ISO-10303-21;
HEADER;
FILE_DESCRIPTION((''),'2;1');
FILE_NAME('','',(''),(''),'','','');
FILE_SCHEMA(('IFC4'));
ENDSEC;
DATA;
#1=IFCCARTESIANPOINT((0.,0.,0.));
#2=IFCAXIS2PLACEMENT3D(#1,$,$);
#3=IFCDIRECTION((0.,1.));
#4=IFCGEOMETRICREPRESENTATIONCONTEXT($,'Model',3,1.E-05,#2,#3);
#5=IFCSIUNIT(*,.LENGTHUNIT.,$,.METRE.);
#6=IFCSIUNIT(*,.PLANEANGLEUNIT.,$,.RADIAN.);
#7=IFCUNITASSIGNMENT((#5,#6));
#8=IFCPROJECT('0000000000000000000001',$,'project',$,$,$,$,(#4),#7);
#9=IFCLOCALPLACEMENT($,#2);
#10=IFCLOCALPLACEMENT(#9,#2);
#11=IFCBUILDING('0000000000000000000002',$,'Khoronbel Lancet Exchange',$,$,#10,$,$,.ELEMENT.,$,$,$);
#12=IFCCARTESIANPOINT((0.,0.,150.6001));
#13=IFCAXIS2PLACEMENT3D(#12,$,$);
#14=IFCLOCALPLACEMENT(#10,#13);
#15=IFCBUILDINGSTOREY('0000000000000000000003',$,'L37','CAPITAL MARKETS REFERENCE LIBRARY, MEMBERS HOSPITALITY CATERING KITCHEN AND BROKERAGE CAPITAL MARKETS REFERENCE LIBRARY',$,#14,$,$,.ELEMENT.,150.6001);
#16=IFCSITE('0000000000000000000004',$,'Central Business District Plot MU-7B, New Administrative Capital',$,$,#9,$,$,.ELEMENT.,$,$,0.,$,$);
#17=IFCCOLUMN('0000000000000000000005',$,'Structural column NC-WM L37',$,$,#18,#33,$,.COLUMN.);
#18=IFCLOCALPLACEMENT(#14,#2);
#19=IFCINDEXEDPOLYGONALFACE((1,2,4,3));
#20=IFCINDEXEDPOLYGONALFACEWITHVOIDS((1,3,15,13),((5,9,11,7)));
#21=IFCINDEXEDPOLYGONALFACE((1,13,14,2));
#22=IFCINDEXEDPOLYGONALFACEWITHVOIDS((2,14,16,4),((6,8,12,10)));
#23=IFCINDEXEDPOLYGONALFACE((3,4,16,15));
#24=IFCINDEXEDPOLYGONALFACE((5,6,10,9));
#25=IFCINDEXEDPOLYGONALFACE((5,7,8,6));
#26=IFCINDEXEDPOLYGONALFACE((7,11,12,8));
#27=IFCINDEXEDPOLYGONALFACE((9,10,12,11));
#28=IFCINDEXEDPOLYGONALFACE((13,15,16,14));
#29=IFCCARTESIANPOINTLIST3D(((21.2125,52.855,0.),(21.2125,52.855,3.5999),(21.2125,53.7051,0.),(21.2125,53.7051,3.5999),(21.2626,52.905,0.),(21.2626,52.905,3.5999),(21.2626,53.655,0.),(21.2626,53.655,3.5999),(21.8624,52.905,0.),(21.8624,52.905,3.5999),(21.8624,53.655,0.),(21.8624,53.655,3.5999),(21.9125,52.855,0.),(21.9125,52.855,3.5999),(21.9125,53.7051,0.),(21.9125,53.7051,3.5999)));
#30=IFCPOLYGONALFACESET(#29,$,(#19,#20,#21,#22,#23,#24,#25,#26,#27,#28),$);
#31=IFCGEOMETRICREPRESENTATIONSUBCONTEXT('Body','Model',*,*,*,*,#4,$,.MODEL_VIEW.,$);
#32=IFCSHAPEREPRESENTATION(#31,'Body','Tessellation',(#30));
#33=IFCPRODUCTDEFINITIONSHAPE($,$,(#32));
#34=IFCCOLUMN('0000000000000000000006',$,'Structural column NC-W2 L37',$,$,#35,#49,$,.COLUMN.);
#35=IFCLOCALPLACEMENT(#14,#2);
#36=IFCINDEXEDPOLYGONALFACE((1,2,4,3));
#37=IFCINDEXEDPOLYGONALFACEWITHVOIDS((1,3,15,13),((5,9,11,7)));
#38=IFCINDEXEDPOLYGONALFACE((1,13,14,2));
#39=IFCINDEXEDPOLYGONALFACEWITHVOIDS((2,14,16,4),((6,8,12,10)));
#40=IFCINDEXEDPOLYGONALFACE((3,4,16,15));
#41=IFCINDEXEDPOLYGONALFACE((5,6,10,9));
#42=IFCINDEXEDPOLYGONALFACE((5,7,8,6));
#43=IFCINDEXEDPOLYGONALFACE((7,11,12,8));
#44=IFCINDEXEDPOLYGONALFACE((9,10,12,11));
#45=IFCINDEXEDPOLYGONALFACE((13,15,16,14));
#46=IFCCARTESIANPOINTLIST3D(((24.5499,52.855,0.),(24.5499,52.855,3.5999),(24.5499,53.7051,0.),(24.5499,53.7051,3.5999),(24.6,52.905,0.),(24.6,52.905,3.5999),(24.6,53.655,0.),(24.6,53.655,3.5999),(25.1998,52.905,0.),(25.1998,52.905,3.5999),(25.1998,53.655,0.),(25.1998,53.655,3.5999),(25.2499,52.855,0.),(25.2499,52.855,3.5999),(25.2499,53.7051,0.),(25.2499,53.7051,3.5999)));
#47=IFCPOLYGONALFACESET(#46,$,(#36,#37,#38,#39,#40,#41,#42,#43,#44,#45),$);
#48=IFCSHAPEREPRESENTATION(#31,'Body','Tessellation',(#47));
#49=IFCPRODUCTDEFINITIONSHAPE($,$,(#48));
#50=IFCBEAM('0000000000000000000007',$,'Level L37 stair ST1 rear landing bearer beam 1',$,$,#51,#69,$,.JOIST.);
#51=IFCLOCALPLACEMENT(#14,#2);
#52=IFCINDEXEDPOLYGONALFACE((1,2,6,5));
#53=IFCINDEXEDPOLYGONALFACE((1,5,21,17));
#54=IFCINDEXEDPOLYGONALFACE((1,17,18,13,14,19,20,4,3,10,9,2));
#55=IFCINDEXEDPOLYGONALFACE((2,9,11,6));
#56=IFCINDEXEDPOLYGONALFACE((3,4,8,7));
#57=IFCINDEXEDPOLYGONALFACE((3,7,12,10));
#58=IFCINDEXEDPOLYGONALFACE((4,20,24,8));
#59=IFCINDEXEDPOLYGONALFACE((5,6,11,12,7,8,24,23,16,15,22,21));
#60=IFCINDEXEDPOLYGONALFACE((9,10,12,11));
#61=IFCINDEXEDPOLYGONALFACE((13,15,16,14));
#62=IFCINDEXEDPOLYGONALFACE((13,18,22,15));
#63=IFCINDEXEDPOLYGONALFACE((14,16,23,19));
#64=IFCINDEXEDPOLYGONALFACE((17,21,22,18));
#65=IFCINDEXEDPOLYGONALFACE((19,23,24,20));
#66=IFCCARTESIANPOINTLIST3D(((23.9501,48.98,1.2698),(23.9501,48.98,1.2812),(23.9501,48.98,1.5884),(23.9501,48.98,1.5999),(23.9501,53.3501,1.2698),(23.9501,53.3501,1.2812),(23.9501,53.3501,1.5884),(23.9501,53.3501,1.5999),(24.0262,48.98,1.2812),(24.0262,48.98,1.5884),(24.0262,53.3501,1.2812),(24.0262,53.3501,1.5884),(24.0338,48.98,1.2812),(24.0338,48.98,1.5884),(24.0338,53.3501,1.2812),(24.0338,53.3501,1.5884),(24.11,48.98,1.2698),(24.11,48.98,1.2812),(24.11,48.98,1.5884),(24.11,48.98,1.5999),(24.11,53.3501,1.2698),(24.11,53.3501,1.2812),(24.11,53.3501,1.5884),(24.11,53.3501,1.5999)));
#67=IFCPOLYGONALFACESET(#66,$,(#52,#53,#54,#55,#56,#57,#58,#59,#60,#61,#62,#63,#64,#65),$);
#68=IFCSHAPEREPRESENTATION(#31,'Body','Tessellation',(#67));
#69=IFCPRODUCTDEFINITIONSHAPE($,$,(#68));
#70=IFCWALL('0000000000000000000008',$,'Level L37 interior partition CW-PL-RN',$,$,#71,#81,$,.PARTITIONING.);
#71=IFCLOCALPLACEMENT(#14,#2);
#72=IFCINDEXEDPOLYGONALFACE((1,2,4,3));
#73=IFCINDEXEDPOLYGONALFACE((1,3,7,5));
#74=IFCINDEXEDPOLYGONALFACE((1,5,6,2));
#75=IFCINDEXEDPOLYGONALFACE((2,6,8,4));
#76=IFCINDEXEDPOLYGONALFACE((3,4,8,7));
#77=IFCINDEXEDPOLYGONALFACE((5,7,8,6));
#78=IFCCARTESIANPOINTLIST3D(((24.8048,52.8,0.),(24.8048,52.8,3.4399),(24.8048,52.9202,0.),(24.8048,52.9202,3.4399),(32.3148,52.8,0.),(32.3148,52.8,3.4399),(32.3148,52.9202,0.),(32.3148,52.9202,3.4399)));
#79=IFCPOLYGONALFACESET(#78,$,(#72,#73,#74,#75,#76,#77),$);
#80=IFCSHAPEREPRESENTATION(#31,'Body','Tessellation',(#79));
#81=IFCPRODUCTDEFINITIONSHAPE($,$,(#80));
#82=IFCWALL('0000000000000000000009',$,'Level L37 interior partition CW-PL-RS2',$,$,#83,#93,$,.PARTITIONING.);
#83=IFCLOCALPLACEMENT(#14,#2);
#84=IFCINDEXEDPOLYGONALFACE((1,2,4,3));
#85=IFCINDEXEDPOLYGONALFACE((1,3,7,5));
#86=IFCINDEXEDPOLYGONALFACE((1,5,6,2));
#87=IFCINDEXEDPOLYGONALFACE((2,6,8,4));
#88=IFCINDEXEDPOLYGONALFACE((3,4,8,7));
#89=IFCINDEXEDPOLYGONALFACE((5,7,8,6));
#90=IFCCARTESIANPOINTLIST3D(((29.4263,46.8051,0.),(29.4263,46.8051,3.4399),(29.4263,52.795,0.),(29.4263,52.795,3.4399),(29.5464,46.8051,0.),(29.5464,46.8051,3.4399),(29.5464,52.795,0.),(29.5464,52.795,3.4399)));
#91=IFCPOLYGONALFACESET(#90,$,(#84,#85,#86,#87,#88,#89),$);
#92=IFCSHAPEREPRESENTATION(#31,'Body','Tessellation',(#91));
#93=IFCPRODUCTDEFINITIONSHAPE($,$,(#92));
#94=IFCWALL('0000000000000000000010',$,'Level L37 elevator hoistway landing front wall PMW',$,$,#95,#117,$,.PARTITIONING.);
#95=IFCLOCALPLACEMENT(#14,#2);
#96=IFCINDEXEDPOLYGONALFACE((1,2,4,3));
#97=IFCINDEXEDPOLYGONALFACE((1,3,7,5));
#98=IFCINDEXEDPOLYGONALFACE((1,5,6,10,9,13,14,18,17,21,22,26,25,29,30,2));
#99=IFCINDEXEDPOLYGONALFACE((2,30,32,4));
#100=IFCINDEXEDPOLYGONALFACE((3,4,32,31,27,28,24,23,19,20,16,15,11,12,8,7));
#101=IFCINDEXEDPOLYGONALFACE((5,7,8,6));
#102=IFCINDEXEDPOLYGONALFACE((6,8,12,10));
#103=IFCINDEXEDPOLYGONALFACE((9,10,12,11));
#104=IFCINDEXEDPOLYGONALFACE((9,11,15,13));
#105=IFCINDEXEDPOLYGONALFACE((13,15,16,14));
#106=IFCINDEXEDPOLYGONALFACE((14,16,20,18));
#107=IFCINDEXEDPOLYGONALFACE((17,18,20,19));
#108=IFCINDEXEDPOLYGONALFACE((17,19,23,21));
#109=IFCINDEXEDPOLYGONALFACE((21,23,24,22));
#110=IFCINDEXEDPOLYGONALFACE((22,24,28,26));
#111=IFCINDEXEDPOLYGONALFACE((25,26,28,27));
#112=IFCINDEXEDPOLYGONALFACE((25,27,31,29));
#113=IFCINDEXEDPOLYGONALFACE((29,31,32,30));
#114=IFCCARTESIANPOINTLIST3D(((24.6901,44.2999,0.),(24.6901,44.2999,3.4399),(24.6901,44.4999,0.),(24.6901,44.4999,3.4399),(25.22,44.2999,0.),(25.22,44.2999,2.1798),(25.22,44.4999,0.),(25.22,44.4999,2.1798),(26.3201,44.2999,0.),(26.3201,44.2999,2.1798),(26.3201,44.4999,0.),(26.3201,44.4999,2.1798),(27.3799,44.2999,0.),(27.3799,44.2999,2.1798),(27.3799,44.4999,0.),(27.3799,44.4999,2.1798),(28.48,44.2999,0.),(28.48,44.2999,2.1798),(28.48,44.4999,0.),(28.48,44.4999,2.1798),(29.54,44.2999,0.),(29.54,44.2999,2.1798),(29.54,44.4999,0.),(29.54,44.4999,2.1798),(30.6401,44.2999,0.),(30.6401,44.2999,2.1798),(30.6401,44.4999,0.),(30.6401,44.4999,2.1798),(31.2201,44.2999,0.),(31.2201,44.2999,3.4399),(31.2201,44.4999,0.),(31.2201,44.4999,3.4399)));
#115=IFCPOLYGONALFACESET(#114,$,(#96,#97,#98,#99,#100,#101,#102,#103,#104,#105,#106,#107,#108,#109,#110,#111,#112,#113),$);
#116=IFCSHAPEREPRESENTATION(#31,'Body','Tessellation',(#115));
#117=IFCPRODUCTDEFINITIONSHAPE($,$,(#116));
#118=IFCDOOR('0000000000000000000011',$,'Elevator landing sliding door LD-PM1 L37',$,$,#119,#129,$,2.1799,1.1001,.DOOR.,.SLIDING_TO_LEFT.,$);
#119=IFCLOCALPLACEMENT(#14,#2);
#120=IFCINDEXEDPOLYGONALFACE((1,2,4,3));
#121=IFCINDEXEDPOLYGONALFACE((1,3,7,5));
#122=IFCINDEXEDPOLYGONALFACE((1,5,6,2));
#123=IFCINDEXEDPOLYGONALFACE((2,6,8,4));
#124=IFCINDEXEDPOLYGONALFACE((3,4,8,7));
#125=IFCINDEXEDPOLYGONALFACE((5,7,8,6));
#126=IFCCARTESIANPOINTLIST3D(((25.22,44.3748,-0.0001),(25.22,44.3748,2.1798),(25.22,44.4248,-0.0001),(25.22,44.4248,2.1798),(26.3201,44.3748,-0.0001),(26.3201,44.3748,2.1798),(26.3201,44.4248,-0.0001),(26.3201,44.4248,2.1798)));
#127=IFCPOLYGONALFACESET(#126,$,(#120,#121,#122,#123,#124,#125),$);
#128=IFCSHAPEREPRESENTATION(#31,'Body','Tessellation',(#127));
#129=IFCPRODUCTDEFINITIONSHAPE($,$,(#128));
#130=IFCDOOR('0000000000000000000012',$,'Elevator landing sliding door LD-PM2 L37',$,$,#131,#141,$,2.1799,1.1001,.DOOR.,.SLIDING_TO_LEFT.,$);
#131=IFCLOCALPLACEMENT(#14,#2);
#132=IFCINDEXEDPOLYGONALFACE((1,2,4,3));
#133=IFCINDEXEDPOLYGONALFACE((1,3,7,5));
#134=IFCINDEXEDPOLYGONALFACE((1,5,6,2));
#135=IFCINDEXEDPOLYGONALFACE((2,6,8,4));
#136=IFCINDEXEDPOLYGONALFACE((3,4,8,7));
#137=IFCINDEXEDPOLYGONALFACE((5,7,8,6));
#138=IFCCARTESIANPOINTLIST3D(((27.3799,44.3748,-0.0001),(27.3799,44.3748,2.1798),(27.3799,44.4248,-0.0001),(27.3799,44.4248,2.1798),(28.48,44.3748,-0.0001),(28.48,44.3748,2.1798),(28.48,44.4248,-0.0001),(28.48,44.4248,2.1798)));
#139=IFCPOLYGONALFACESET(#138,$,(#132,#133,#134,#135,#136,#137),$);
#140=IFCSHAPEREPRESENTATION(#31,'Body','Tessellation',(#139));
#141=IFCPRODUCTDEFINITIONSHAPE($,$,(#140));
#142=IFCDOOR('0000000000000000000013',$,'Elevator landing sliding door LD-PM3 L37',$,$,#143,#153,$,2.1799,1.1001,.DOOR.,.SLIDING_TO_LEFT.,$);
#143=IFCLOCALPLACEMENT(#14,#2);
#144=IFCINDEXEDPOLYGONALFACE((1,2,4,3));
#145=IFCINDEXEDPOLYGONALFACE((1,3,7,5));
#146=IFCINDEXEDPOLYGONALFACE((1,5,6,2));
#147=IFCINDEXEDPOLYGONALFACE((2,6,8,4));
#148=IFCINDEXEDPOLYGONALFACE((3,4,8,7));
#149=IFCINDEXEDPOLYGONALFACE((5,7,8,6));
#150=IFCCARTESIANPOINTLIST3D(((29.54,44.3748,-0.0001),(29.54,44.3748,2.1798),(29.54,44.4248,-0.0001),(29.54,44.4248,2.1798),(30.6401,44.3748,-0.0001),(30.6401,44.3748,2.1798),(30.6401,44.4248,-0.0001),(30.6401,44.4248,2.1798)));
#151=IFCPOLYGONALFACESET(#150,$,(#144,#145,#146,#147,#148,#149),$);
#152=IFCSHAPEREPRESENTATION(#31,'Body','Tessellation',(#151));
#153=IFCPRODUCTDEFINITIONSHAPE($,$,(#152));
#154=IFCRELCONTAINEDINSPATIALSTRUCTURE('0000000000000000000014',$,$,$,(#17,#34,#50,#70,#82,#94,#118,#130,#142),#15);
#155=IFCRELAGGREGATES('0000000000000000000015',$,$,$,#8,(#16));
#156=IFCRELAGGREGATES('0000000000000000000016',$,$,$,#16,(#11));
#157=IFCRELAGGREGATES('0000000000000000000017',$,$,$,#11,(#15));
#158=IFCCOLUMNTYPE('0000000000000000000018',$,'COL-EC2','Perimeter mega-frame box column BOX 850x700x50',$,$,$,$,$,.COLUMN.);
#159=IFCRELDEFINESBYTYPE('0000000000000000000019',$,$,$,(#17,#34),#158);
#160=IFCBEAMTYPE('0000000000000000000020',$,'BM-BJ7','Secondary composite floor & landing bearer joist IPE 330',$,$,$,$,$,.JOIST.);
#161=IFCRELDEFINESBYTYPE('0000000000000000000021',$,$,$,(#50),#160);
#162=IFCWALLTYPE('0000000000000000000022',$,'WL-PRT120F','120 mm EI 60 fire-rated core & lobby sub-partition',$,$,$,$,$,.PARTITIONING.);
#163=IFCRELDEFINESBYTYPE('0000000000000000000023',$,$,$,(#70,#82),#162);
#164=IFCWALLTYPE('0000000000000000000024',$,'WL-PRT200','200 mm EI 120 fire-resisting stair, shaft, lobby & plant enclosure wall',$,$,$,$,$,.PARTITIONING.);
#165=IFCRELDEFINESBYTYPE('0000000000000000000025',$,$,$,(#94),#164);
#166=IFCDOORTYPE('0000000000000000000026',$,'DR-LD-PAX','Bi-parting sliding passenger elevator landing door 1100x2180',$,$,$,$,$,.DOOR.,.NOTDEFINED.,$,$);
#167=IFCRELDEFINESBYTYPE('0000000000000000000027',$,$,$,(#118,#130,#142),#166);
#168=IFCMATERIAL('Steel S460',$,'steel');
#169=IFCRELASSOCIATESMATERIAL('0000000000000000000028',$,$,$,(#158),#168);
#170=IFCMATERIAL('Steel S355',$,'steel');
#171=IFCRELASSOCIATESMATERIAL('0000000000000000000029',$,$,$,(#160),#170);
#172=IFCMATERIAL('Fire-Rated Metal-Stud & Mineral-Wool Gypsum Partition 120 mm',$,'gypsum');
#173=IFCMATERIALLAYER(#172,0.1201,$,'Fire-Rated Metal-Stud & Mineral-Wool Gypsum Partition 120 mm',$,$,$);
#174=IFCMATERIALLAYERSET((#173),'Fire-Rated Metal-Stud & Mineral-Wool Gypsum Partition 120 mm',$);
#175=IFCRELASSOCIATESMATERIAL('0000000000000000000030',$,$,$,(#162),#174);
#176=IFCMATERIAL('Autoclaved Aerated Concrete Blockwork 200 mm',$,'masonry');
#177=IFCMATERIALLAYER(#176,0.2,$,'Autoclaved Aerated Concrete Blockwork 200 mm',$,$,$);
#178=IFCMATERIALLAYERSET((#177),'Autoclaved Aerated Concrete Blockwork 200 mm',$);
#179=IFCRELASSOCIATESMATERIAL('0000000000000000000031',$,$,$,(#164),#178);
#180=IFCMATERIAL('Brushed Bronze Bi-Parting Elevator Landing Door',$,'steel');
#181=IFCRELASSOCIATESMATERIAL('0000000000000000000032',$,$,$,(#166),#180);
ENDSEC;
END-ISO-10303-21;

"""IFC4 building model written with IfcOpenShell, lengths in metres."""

from ifc_helpers import new_model, si_unit, direction, frame, frame_2d, origin, origin_2d, place, context, subcontext, project, spatial, rectangle, hollow_rectangle, i_section, extrude, material, layer, layer_set, material_profile, profile_set, type_object, element, fill, save


model = new_model("IFC4")

# Units and contexts
model_context = context("Model", 3, precision=1e-05, world=origin(), true_north=direction((0.0, 1.0)))
body_context = subcontext(model_context, "Body", "Model", "MODEL_VIEW")
ifc_project = project(units=[si_unit("LENGTHUNIT", "METRE"), si_unit("PLANEANGLEUNIT", "RADIAN")], contexts=[model_context])

# Site, building, storey
site_placement = place(None, origin())
site = spatial("IfcSite", under=ifc_project, at=site_placement, Name="Central Business District Plot MU-7B, New Administrative Capital", CompositionType="ELEMENT", RefElevation=0.0)
building_placement = place(site_placement, origin())
building = spatial("IfcBuilding", under=site, at=building_placement, Name="Khoronbel Lancet Exchange", CompositionType="ELEMENT")
storey_placement = place(building_placement, frame((0.0, 0.0, 150.6001)))
storey = spatial("IfcBuildingStorey", under=building, at=storey_placement, Name="L37", Description="CAPITAL MARKETS REFERENCE LIBRARY, MEMBERS HOSPITALITY CATERING KITCHEN AND BROKERAGE CAPITAL MARKETS REFERENCE LIBRARY", CompositionType="ELEMENT", Elevation=150.6001)

# Columns
ifc_material_1 = material(Name="Steel S460", Category="steel")
ifc_material_profile_1 = material_profile(ifc_material_1, hollow_rectangle(XDim=0.7, YDim=0.8501, WallThickness=0.05, at=origin_2d()), Name="BOX 850x700x50")
ifc_profile_set_1 = profile_set([ifc_material_profile_1], Name="Steel S460")
column_type = type_object("IfcColumnType", Name="COL-EC2", Description="Perimeter mega-frame box column BOX 850x700x50", PredefinedType="COLUMN", material=ifc_profile_set_1)
for number, where, z_axis, x_axis, name in (
    (1, (21.5625, 53.28, 0.0), (0.0, 0.0, 1.0), (1.0, 0.0, 0.0), "Structural column NC-WM L37"),
    (2, (24.8999, 53.28, 0.0), (0.0, 0.0, 1.0), (1.0, 0.0, 0.0), "Structural column NC-W2 L37"),
):
    element("IfcColumn", number, at=place(storey_placement, frame(where, z_axis=z_axis, x_axis=x_axis)), inside=storey, type_object=column_type, Name=name, PredefinedType="COLUMN", context=body_context, shape_type="SweptSolid", body=[
        extrude(hollow_rectangle(XDim=0.7, YDim=0.8501, WallThickness=0.05, at=origin_2d()), origin(), (0.0, 0.0, 1.0), 3.5999),
    ])

# Beam
ifc_material_2 = material(Name="Steel S355", Category="steel")
ifc_material_profile_2 = material_profile(ifc_material_2, i_section(OverallWidth=0.1599, OverallDepth=0.3301, WebThickness=0.0076, FlangeThickness=0.0115, at=origin_2d()), Name="IPE 330")
ifc_profile_set_2 = profile_set([ifc_material_profile_2], Name="Steel S355")
beam_type = type_object("IfcBeamType", Name="BM-BJ7", Description="Secondary composite floor & landing bearer joist IPE 330", PredefinedType="JOIST", material=ifc_profile_set_2)
beam_placement = place(storey_placement, frame((24.03, 48.98, 1.4348), z_axis=(0.0, 1.0, 0.0), x_axis=(-1.0, 0.0, 0.0)))
element("IfcBeam", 3, at=beam_placement, inside=storey, type_object=beam_type, Name="Level L37 stair ST1 rear landing bearer beam 1", PredefinedType="JOIST", context=body_context, shape_type="SweptSolid", body=[
    extrude(i_section(OverallWidth=0.1599, OverallDepth=0.3301, WebThickness=0.0076, FlangeThickness=0.0115, at=origin_2d()), origin(), (0.0, 0.0, 1.0), 4.3701),
])

# Walls
ifc_material_3 = material(Name="Fire-Rated Metal-Stud & Mineral-Wool Gypsum Partition 120 mm", Category="gypsum")
ifc_layer_1 = layer(ifc_material_3, 0.1201, Name="Fire-Rated Metal-Stud & Mineral-Wool Gypsum Partition 120 mm")
ifc_layer_set_1 = layer_set([ifc_layer_1], Name="Fire-Rated Metal-Stud & Mineral-Wool Gypsum Partition 120 mm")
wall_type_1 = type_object("IfcWallType", Name="WL-PRT120F", Description="120 mm EI 60 fire-rated core & lobby sub-partition", PredefinedType="PARTITIONING", material=ifc_layer_set_1)
wall_1_placement = place(storey_placement, frame((24.8049, 52.8601, 0.0), z_axis=(0.0, 0.0, 1.0), x_axis=(1.0, 0.0, 0.0)))
element("IfcWall", 4, at=wall_1_placement, inside=storey, type_object=wall_type_1, Name="Level L37 interior partition CW-PL-RN", PredefinedType="PARTITIONING", context=body_context, shape_type="SweptSolid", body=[
    extrude(rectangle(XDim=7.51, YDim=0.1201, at=frame_2d((3.7549, 0.0))), origin(), (0.0, 0.0, 1.0), 3.4399),
])
wall_2_placement = place(storey_placement, frame((29.4863, 46.8049, 0.0), z_axis=(0.0, 0.0, 1.0), x_axis=(0.0, 1.0, 0.0)))
element("IfcWall", 5, at=wall_2_placement, inside=storey, type_object=wall_type_1, Name="Level L37 interior partition CW-PL-RS2", PredefinedType="PARTITIONING", context=body_context, shape_type="SweptSolid", body=[
    extrude(rectangle(XDim=5.99, YDim=0.1201, at=frame_2d((2.9951, 0.0))), origin(), (0.0, 0.0, 1.0), 3.4399),
])

# Wall, openings, doors
ifc_material_4 = material(Name="Autoclaved Aerated Concrete Blockwork 200 mm", Category="masonry")
ifc_layer_2 = layer(ifc_material_4, 0.2, Name="Autoclaved Aerated Concrete Blockwork 200 mm")
ifc_layer_set_2 = layer_set([ifc_layer_2], Name="Autoclaved Aerated Concrete Blockwork 200 mm")
wall_type_2 = type_object("IfcWallType", Name="WL-PRT200", Description="200 mm EI 120 fire-resisting stair, shaft, lobby & plant enclosure wall", PredefinedType="PARTITIONING", material=ifc_layer_set_2)
wall_3_placement = place(storey_placement, frame((24.6899, 44.3999, 0.0), z_axis=(0.0, 0.0, 1.0), x_axis=(1.0, 0.0, 0.0)))
wall_3 = element("IfcWall", 6, at=wall_3_placement, inside=storey, type_object=wall_type_2, Name="Level L37 elevator hoistway landing front wall PMW", PredefinedType="PARTITIONING", context=body_context, shape_type="SweptSolid", body=[
    extrude(rectangle(XDim=6.53, YDim=0.2, at=frame_2d((3.2651, 0.0))), origin(), (0.0, 0.0, 1.0), 3.4399),
])
opening_1_placement = place(wall_3_placement, frame((0.53, 0.0, 0.0)))
opening_1 = element("IfcOpeningElement", 7, at=opening_1_placement, cuts=wall_3, PredefinedType="OPENING", context=body_context, shape_type="SweptSolid", body=[
    extrude(rectangle(XDim=1.1001, YDim=2.1799, at=frame_2d((0.55, 1.0898))), frame((0.0, 0.1099, 0.0), z_axis=(0.0, -1.0, 0.0), x_axis=(1.0, 0.0, 0.0)), (0.0, 0.0, 1.0), 0.22),
])
opening_2_placement = place(wall_3_placement, frame((2.6899, 0.0, 0.0)))
opening_2 = element("IfcOpeningElement", 8, at=opening_2_placement, cuts=wall_3, PredefinedType="OPENING", context=body_context, shape_type="SweptSolid", body=[
    extrude(rectangle(XDim=1.1001, YDim=2.1799, at=frame_2d((0.55, 1.0898))), frame((0.0, 0.1099, 0.0), z_axis=(0.0, -1.0, 0.0), x_axis=(1.0, 0.0, 0.0)), (0.0, 0.0, 1.0), 0.22),
])
opening_3_placement = place(wall_3_placement, frame((4.8501, 0.0, 0.0)))
opening_3 = element("IfcOpeningElement", 9, at=opening_3_placement, cuts=wall_3, PredefinedType="OPENING", context=body_context, shape_type="SweptSolid", body=[
    extrude(rectangle(XDim=1.1001, YDim=2.1799, at=frame_2d((0.55, 1.0898))), frame((0.0, 0.1099, 0.0), z_axis=(0.0, -1.0, 0.0), x_axis=(1.0, 0.0, 0.0)), (0.0, 0.0, 1.0), 0.22),
])
ifc_material_5 = material(Name="Brushed Bronze Bi-Parting Elevator Landing Door", Category="steel")
door_type_1 = type_object("IfcDoorType", Name="DR-LD-PAX", Description="Bi-parting sliding passenger elevator landing door 1100x2180", OperationType="NOTDEFINED", PredefinedType="DOOR", material=ifc_material_5)
door_1_placement = place(opening_1_placement, origin())
door_1 = element("IfcDoor", 10, at=door_1_placement, inside=storey, type_object=door_type_1, Name="Elevator landing sliding door LD-PM1 L37", OperationType="SLIDING_TO_LEFT", OverallHeight=2.1799, OverallWidth=1.1001, PredefinedType="DOOR", context=body_context, shape_type="SweptSolid", body=[
    extrude(rectangle(XDim=1.1001, YDim=2.1799, at=frame_2d((0.55, 1.0898))), frame((0.0, 0.0249, 0.0), z_axis=(0.0, -1.0, 0.0), x_axis=(1.0, 0.0, 0.0)), (0.0, 0.0, 1.0), 0.05),
])
fill(opening_1, door_1)
door_2_placement = place(opening_2_placement, origin())
door_2 = element("IfcDoor", 11, at=door_2_placement, inside=storey, type_object=door_type_1, Name="Elevator landing sliding door LD-PM2 L37", OperationType="SLIDING_TO_LEFT", OverallHeight=2.1799, OverallWidth=1.1001, PredefinedType="DOOR", context=body_context, shape_type="SweptSolid", body=[
    extrude(rectangle(XDim=1.1001, YDim=2.1799, at=frame_2d((0.55, 1.0898))), frame((0.0, 0.0249, 0.0), z_axis=(0.0, -1.0, 0.0), x_axis=(1.0, 0.0, 0.0)), (0.0, 0.0, 1.0), 0.05),
])
fill(opening_2, door_2)
door_3_placement = place(opening_3_placement, origin())
door_3 = element("IfcDoor", 12, at=door_3_placement, inside=storey, type_object=door_type_1, Name="Elevator landing sliding door LD-PM3 L37", OperationType="SLIDING_TO_LEFT", OverallHeight=2.1799, OverallWidth=1.1001, PredefinedType="DOOR", context=body_context, shape_type="SweptSolid", body=[
    extrude(rectangle(XDim=1.1001, YDim=2.1799, at=frame_2d((0.55, 1.0898))), frame((0.0, 0.0249, 0.0), z_axis=(0.0, -1.0, 0.0), x_axis=(1.0, 0.0, 0.0)), (0.0, 0.0, 1.0), 0.05),
])
fill(opening_3, door_3)

save(model, "model.ifc")
